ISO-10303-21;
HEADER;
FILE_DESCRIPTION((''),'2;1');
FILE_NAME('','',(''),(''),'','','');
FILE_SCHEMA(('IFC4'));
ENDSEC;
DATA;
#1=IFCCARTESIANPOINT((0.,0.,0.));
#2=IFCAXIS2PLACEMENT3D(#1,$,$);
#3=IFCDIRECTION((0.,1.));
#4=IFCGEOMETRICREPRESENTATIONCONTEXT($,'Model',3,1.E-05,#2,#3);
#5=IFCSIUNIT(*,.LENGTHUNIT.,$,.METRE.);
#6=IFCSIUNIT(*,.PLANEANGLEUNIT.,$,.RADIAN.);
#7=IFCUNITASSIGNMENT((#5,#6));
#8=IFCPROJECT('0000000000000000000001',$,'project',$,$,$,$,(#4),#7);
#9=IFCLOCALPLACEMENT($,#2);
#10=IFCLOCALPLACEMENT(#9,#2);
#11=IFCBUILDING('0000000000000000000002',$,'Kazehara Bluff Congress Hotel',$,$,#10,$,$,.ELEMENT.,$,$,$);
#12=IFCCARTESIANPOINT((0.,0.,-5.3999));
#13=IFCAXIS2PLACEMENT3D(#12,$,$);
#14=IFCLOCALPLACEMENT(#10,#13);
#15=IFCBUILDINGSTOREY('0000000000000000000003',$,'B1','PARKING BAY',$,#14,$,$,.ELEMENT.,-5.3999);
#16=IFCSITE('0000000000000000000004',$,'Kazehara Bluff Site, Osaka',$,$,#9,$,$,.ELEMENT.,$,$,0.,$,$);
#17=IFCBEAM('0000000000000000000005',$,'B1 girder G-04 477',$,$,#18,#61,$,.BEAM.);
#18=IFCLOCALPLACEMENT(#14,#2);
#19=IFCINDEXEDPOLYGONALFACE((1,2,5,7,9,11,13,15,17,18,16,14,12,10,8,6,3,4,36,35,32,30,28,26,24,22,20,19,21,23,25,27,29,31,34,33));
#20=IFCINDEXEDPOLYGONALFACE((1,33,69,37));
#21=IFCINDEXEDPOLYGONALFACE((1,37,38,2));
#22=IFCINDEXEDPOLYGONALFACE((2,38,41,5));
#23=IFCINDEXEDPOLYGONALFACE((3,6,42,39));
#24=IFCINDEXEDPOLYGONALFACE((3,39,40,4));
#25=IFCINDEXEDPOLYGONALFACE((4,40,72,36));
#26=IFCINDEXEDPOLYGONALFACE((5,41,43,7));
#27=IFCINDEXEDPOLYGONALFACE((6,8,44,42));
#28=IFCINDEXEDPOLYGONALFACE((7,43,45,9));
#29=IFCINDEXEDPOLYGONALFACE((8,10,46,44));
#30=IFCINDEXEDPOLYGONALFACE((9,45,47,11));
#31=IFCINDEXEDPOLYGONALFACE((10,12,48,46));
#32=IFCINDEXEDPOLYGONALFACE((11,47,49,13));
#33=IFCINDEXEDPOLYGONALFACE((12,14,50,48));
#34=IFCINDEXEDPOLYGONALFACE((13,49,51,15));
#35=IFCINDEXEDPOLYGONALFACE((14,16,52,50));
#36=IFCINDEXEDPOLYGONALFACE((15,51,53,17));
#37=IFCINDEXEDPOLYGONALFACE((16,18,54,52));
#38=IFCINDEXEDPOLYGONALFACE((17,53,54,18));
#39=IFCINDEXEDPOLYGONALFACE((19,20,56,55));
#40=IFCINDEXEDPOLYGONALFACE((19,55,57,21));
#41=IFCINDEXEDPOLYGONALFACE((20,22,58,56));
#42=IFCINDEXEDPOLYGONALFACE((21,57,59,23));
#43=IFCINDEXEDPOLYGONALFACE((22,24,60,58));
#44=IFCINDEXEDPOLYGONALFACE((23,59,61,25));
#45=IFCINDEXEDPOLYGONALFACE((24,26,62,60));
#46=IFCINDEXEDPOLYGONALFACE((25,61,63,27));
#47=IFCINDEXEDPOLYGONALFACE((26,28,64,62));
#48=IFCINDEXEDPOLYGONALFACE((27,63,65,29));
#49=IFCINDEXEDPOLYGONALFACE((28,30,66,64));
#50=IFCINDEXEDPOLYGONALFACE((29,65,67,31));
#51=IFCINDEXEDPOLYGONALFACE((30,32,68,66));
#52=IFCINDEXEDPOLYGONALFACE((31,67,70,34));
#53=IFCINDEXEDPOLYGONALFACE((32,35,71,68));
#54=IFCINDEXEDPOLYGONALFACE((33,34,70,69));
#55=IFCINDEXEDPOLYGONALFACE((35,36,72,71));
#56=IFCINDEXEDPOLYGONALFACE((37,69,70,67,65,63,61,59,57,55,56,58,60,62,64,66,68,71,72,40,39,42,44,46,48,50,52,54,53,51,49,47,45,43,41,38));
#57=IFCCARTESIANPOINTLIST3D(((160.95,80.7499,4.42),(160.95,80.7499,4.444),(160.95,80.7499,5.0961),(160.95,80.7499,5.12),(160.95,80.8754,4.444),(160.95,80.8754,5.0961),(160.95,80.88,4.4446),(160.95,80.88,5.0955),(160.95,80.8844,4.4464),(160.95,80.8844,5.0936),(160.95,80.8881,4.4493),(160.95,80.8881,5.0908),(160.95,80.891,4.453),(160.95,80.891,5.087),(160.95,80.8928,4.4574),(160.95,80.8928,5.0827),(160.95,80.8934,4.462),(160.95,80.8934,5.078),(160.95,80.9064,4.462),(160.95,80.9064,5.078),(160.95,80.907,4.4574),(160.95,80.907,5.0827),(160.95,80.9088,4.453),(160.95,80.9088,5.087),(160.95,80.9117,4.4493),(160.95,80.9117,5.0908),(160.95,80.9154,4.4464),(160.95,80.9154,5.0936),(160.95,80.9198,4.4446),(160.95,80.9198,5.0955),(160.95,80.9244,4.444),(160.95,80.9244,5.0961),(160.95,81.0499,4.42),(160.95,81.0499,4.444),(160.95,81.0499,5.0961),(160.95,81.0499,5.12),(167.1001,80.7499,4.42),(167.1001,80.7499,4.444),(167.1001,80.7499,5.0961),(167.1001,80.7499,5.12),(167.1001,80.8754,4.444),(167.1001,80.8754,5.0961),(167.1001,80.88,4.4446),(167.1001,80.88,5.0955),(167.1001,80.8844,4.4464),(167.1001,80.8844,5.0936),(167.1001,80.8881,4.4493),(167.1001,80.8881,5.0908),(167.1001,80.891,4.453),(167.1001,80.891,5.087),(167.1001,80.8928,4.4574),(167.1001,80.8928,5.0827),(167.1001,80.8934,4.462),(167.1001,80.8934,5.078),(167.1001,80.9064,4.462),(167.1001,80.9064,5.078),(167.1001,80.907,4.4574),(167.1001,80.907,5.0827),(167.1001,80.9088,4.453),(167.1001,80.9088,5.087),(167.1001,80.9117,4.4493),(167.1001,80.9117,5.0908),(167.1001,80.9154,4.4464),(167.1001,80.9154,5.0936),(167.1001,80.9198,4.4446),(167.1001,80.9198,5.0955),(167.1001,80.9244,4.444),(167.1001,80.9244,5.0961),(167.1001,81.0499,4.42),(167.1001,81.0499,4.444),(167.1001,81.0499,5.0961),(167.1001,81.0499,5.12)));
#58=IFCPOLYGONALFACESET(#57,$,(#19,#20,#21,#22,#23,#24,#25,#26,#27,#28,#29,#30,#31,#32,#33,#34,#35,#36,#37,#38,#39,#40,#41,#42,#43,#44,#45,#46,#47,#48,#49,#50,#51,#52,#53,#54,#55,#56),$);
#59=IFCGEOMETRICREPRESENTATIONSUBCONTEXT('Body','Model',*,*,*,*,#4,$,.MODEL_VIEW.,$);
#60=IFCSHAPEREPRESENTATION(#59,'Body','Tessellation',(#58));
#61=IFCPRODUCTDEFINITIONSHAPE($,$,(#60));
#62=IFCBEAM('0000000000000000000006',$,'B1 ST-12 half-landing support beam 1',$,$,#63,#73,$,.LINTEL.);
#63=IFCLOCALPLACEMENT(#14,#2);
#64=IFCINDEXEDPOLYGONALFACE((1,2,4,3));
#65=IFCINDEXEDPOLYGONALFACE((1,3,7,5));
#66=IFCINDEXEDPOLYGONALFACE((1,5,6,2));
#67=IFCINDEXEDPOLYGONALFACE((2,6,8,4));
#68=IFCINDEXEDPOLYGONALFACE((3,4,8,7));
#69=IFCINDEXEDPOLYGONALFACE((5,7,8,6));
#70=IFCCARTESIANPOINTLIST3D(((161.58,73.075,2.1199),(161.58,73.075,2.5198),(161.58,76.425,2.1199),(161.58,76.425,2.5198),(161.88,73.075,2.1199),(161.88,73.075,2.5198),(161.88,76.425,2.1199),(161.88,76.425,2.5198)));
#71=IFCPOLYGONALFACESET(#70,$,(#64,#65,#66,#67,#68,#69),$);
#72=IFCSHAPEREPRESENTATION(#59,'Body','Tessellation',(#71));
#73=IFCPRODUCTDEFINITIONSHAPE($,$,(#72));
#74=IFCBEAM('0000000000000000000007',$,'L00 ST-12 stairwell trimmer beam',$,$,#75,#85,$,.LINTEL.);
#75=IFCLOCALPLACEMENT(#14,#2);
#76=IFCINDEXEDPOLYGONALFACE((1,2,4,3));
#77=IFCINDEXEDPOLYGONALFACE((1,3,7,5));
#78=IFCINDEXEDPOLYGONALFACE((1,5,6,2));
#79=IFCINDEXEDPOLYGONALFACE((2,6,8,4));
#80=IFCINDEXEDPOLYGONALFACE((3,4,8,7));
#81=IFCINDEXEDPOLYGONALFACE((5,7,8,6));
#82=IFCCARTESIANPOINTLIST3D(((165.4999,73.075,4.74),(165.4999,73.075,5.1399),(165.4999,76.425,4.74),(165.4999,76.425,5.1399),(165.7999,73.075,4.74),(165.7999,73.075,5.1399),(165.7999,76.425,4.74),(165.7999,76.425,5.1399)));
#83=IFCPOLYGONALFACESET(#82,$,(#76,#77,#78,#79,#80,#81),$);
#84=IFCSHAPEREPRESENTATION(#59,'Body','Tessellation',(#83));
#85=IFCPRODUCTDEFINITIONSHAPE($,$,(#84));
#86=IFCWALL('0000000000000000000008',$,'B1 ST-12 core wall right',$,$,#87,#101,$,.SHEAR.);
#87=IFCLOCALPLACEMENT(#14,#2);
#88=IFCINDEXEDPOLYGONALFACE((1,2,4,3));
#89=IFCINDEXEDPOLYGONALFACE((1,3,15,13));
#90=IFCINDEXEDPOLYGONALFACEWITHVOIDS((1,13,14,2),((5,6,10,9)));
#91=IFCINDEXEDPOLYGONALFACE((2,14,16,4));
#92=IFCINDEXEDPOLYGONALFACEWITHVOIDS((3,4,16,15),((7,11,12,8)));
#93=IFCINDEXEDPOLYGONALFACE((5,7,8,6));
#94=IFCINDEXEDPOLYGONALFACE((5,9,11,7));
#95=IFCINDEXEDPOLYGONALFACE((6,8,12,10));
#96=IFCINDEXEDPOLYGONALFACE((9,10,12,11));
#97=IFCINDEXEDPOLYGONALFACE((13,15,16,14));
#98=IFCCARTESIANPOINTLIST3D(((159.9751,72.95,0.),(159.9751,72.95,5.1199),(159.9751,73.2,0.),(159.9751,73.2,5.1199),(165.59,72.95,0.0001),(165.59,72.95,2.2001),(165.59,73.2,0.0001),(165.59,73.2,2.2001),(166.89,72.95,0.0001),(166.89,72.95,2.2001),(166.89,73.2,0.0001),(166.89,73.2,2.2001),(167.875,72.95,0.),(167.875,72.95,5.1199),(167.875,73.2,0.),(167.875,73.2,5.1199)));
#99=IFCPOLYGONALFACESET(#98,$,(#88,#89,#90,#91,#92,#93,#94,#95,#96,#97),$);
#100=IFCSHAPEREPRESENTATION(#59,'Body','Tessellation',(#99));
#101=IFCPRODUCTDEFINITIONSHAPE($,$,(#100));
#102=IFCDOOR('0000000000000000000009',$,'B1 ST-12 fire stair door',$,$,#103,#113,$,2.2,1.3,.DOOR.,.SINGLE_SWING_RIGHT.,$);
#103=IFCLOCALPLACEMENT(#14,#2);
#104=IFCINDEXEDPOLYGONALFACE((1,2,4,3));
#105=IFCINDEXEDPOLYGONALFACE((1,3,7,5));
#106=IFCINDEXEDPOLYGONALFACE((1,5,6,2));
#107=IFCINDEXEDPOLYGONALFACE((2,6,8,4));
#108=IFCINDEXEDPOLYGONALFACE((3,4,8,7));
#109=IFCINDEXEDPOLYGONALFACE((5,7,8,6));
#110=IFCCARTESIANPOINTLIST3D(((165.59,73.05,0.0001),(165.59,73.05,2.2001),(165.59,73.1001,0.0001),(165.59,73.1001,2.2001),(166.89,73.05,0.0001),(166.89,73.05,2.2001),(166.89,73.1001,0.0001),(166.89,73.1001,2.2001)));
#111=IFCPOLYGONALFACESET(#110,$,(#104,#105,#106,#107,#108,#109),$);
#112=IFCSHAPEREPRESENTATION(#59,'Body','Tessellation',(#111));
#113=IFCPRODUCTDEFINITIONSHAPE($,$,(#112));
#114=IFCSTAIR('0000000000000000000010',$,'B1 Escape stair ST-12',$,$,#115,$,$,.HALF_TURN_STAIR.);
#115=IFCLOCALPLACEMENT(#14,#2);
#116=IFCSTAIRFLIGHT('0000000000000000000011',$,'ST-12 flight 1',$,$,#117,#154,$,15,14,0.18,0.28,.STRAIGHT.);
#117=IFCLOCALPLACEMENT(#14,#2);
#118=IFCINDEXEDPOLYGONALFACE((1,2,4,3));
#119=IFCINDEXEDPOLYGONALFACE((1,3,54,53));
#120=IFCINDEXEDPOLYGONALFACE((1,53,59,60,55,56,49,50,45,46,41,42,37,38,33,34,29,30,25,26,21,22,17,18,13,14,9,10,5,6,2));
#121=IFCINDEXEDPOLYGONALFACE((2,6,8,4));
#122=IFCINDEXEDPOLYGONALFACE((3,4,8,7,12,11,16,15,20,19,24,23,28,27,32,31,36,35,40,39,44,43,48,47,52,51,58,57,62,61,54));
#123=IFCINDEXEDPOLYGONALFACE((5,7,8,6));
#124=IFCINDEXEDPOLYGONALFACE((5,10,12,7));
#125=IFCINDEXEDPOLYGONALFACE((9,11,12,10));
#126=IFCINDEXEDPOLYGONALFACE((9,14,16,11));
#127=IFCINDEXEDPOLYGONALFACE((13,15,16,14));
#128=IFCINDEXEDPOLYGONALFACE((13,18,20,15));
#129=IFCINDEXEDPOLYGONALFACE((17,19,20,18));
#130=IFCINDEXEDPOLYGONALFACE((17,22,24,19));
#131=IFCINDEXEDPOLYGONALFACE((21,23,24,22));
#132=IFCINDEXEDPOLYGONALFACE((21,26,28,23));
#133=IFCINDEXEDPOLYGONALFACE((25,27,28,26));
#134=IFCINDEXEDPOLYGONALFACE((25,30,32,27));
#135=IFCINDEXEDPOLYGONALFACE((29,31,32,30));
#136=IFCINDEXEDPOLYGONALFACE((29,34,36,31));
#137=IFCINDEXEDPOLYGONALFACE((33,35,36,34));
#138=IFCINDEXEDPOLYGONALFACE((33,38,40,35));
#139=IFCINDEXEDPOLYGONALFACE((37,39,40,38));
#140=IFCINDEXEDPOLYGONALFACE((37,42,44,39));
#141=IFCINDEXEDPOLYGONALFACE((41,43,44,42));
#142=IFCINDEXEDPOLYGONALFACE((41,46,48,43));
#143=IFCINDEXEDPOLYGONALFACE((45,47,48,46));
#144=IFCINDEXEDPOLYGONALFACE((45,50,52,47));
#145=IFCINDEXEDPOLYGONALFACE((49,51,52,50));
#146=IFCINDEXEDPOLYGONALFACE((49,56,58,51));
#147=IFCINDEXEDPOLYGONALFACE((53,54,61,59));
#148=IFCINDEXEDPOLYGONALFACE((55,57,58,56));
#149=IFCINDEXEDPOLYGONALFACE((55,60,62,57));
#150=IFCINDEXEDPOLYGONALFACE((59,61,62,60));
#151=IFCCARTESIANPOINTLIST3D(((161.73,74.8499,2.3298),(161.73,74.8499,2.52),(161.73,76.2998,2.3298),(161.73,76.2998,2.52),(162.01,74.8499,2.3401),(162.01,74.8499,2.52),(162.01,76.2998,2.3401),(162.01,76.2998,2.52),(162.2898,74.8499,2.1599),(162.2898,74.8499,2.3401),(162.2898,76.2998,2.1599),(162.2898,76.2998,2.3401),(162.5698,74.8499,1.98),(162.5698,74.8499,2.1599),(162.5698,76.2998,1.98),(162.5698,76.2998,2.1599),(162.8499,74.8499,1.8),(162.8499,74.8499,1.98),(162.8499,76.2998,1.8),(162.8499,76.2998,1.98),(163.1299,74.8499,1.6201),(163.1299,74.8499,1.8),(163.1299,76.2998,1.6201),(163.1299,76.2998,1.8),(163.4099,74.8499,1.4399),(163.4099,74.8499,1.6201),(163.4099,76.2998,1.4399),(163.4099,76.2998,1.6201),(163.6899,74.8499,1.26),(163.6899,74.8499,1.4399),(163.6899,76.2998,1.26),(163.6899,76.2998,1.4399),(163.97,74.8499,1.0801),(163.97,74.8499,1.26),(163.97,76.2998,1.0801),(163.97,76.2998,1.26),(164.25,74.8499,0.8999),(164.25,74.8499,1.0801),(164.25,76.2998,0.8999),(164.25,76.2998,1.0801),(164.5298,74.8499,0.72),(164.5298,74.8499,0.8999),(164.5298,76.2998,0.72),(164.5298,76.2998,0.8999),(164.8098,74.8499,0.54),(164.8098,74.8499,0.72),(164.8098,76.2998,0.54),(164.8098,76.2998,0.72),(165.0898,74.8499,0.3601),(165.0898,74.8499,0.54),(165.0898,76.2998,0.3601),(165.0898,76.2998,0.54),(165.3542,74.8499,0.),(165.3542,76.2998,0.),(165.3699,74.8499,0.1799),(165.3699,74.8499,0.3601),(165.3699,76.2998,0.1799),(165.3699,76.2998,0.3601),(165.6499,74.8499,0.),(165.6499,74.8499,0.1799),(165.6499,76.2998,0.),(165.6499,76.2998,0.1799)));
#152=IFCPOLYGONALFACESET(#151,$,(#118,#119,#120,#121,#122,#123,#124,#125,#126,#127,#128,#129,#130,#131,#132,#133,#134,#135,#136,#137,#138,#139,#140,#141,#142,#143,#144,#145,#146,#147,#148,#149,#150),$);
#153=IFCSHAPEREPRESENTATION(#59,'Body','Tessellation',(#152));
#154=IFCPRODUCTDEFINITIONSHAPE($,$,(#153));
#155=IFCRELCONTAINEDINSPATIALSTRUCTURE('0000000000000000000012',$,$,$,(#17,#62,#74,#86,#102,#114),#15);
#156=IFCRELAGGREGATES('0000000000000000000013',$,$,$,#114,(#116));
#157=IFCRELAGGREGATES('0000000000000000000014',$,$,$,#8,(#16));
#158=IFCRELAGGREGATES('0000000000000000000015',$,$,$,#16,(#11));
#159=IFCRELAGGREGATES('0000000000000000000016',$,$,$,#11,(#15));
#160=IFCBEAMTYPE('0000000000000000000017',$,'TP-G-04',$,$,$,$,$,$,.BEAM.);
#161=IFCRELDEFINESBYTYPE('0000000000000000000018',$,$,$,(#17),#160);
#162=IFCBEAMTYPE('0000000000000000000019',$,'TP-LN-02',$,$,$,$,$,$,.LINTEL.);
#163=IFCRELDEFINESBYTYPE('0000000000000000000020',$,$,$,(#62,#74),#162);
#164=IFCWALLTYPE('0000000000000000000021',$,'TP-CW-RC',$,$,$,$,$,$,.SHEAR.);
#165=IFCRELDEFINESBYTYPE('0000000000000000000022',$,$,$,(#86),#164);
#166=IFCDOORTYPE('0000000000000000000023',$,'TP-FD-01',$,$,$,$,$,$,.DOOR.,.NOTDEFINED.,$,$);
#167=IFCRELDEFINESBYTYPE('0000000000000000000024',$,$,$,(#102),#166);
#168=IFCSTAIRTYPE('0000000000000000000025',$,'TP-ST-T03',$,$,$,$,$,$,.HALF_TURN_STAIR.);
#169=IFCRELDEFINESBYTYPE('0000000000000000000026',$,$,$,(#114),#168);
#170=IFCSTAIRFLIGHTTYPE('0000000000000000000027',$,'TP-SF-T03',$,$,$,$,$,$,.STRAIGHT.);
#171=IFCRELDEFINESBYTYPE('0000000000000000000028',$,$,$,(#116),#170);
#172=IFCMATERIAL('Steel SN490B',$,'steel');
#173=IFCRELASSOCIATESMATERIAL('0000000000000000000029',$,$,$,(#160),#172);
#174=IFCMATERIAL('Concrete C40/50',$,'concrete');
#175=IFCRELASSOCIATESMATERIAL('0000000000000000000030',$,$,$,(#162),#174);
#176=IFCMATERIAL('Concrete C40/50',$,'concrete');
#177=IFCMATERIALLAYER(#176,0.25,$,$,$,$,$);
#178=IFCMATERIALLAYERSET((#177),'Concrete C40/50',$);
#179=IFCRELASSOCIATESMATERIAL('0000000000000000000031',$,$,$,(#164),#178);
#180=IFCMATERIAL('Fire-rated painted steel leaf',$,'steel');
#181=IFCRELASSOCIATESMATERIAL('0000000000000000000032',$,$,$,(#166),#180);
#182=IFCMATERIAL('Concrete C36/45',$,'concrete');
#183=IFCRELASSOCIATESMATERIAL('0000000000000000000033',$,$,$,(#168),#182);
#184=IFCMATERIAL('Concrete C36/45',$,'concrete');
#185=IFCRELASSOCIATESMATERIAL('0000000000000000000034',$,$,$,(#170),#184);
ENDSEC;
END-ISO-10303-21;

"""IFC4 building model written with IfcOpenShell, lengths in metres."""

from ifc_helpers import new_model, si_unit, direction, frame, frame_2d, origin, origin_2d, place, context, subcontext, project, spatial, polyline, rectangle, i_section, outline, extrude, material, layer, layer_set, material_profile, profile_set, type_object, element, fill, aggregate, save


model = new_model("IFC4")

# Units and contexts
model_context = context("Model", 3, precision=1e-05, world=origin(), true_north=direction((0.0, 1.0)))
body_context = subcontext(model_context, "Body", "Model", "MODEL_VIEW")
ifc_project = project(units=[si_unit("LENGTHUNIT", "METRE"), si_unit("PLANEANGLEUNIT", "RADIAN")], contexts=[model_context])

# Site, building, storey
site_placement = place(None, origin())
site = spatial("IfcSite", under=ifc_project, at=site_placement, Name="Kazehara Bluff Site, Osaka", CompositionType="ELEMENT", RefElevation=0.0)
building_placement = place(site_placement, origin())
building = spatial("IfcBuilding", under=site, at=building_placement, Name="Kazehara Bluff Congress Hotel", CompositionType="ELEMENT")
storey_placement = place(building_placement, frame((0.0, 0.0, -5.3999)))
storey = spatial("IfcBuildingStorey", under=building, at=storey_placement, Name="B1", Description="PARKING BAY", CompositionType="ELEMENT", Elevation=-5.3999)

# Beams
ifc_material_1 = material(Name="Steel SN490B", Category="steel")
ifc_material_profile_1 = material_profile(ifc_material_1, i_section(OverallWidth=0.3, OverallDepth=0.7, WebThickness=0.0129, FlangeThickness=0.0239, FilletRadius=0.0181, at=origin_2d()))
ifc_profile_set_1 = profile_set([ifc_material_profile_1], Name="Steel SN490B")
beam_type_1 = type_object("IfcBeamType", Name="TP-G-04", PredefinedType="BEAM", material=ifc_profile_set_1)
beam_placement = place(storey_placement, frame((160.95, 80.8999, 4.77), z_axis=(1.0, 0.0, 0.0), x_axis=(0.0, 1.0, 0.0)))
element("IfcBeam", 1, at=beam_placement, inside=storey, type_object=beam_type_1, Name="B1 girder G-04 477", PredefinedType="BEAM", context=body_context, shape_type="SweptSolid", body=[
    extrude(i_section(OverallWidth=0.3, OverallDepth=0.7, WebThickness=0.0129, FlangeThickness=0.0239, FilletRadius=0.0181, at=origin_2d()), origin(), (0.0, 0.0, 1.0), 6.1501),
])
ifc_material_2 = material(Name="Concrete C40/50", Category="concrete")
ifc_material_profile_2 = material_profile(ifc_material_2, rectangle(XDim=0.3, YDim=0.3999, at=origin_2d()))
ifc_profile_set_2 = profile_set([ifc_material_profile_2], Name="Concrete C40/50")
beam_type_2 = type_object("IfcBeamType", Name="TP-LN-02", PredefinedType="LINTEL", material=ifc_profile_set_2)
for number, where, z_axis, x_axis, name in (
    (2, (161.73, 76.425, 2.3198), (0.0, -1.0, 0.0), (1.0, 0.0, 0.0), "B1 ST-12 half-landing support beam 1"),
    (3, (165.6499, 76.425, 4.9399), (0.0, -1.0, 0.0), (1.0, 0.0, 0.0), "L00 ST-12 stairwell trimmer beam"),
):
    element("IfcBeam", number, at=place(storey_placement, frame(where, z_axis=z_axis, x_axis=x_axis)), inside=storey, type_object=beam_type_2, Name=name, PredefinedType="LINTEL", context=body_context, shape_type="SweptSolid", body=[
        extrude(rectangle(XDim=0.3, YDim=0.3999, at=origin_2d()), origin(), (0.0, 0.0, 1.0), 3.3501),
    ])

# Wall, opening, door
ifc_material_3 = material(Name="Concrete C40/50", Category="concrete")
ifc_layer_1 = layer(ifc_material_3, 0.25)
ifc_layer_set_1 = layer_set([ifc_layer_1], Name="Concrete C40/50")
wall_type = type_object("IfcWallType", Name="TP-CW-RC", PredefinedType="SHEAR", material=ifc_layer_set_1)
wall_placement = place(storey_placement, frame((167.875, 73.075, 0.0), z_axis=(0.0, 0.0, 1.0), x_axis=(-1.0, 0.0, 0.0)))
wall = element("IfcWall", 4, at=wall_placement, inside=storey, type_object=wall_type, Name="B1 ST-12 core wall right", PredefinedType="SHEAR", context=body_context, shape_type="SweptSolid", body=[
    extrude(rectangle(XDim=7.8999, YDim=0.25, at=frame_2d((3.95, 0.0))), origin(), (0.0, 0.0, 1.0), 5.1199),
])
opening_placement = place(wall_placement, frame((0.9851, 0.0, 0.0)))
opening = element("IfcOpeningElement", 5, at=opening_placement, cuts=wall, PredefinedType="OPENING", context=body_context, shape_type="SweptSolid", body=[
    extrude(rectangle(XDim=1.3, YDim=2.2, at=frame_2d((0.6499, 1.1001))), frame((0.0, 0.135, 0.0), z_axis=(0.0, -1.0, 0.0), x_axis=(1.0, 0.0, 0.0)), (0.0, 0.0, 1.0), 0.27),
])
ifc_material_4 = material(Name="Fire-rated painted steel leaf", Category="steel")
door_type = type_object("IfcDoorType", Name="TP-FD-01", OperationType="NOTDEFINED", PredefinedType="DOOR", material=ifc_material_4)
door_placement = place(opening_placement, origin())
door = element("IfcDoor", 6, at=door_placement, inside=storey, type_object=door_type, Name="B1 ST-12 fire stair door", OperationType="SINGLE_SWING_RIGHT", OverallHeight=2.2, OverallWidth=1.3, PredefinedType="DOOR", context=body_context, shape_type="SweptSolid", body=[
    extrude(rectangle(XDim=1.3, YDim=2.2, at=frame_2d((0.6499, 1.1001))), frame((0.0, 0.0249, 0.0), z_axis=(0.0, -1.0, 0.0), x_axis=(1.0, 0.0, 0.0)), (0.0, 0.0, 1.0), 0.05),
])
fill(opening, door)

# Stair, stair flight
ifc_material_5 = material(Name="Concrete C36/45", Category="concrete")
stair_type = type_object("IfcStairType", Name="TP-ST-T03", PredefinedType="HALF_TURN_STAIR", material=ifc_material_5)
stair_placement = place(storey_placement, origin())
stair = element("IfcStair", 7, at=stair_placement, inside=storey, type_object=stair_type, Name="B1 Escape stair ST-12", PredefinedType="HALF_TURN_STAIR")
ifc_material_6 = material(Name="Concrete C36/45", Category="concrete")
stair_flight_type = type_object("IfcStairFlightType", Name="TP-SF-T03", PredefinedType="STRAIGHT", material=ifc_material_6)
stair_flight_1_placement = place(storey_placement, frame((165.6499, 75.575, 0.0), z_axis=(0.0, 0.0, 1.0), x_axis=(-1.0, 0.0, 0.0)))
stair_flight_1 = element("IfcStairFlight", 8, at=stair_flight_1_placement, type_object=stair_flight_type, Name="ST-12 flight 1", NumberOfRisers=15, NumberOfTreads=14, PredefinedType="STRAIGHT", RiserHeight=0.18, TreadLength=0.28, context=body_context, shape_type="SweptSolid", body=[
    extrude(outline(polyline([(0.0, 0.0), (0.0, 0.1799), (0.28, 0.1799), (0.28, 0.3601), (0.5601, 0.3601), (0.5601, 0.54), (0.8401, 0.54), (0.8401, 0.72), (1.1201, 0.72), (1.1201, 0.8999), (1.3999, 0.8999), (1.3999, 1.0801), (1.6799, 1.0801), (1.6799, 1.26), (1.96, 1.26), (1.96, 1.4399), (2.24, 1.4399), (2.24, 1.6201), (2.52, 1.6201), (2.52, 1.8), (2.8, 1.8), (2.8, 1.98), (3.0801, 1.98), (3.0801, 2.1599), (3.3601, 2.1599), (3.3601, 2.3401), (3.6399, 2.3401), (3.6399, 2.52), (3.9199, 2.52), (3.9199, 2.7), (3.9199, 2.3298), (0.2957, 0.0), (0.0, 0.0)])), frame((0.0, 0.7251, 0.0), z_axis=(0.0, -1.0, 0.0), x_axis=(1.0, 0.0, 0.0)), (0.0, 0.0, 1.0), 1.45),
])
aggregate(stair, [stair_flight_1])

save(model, "model.ifc")
